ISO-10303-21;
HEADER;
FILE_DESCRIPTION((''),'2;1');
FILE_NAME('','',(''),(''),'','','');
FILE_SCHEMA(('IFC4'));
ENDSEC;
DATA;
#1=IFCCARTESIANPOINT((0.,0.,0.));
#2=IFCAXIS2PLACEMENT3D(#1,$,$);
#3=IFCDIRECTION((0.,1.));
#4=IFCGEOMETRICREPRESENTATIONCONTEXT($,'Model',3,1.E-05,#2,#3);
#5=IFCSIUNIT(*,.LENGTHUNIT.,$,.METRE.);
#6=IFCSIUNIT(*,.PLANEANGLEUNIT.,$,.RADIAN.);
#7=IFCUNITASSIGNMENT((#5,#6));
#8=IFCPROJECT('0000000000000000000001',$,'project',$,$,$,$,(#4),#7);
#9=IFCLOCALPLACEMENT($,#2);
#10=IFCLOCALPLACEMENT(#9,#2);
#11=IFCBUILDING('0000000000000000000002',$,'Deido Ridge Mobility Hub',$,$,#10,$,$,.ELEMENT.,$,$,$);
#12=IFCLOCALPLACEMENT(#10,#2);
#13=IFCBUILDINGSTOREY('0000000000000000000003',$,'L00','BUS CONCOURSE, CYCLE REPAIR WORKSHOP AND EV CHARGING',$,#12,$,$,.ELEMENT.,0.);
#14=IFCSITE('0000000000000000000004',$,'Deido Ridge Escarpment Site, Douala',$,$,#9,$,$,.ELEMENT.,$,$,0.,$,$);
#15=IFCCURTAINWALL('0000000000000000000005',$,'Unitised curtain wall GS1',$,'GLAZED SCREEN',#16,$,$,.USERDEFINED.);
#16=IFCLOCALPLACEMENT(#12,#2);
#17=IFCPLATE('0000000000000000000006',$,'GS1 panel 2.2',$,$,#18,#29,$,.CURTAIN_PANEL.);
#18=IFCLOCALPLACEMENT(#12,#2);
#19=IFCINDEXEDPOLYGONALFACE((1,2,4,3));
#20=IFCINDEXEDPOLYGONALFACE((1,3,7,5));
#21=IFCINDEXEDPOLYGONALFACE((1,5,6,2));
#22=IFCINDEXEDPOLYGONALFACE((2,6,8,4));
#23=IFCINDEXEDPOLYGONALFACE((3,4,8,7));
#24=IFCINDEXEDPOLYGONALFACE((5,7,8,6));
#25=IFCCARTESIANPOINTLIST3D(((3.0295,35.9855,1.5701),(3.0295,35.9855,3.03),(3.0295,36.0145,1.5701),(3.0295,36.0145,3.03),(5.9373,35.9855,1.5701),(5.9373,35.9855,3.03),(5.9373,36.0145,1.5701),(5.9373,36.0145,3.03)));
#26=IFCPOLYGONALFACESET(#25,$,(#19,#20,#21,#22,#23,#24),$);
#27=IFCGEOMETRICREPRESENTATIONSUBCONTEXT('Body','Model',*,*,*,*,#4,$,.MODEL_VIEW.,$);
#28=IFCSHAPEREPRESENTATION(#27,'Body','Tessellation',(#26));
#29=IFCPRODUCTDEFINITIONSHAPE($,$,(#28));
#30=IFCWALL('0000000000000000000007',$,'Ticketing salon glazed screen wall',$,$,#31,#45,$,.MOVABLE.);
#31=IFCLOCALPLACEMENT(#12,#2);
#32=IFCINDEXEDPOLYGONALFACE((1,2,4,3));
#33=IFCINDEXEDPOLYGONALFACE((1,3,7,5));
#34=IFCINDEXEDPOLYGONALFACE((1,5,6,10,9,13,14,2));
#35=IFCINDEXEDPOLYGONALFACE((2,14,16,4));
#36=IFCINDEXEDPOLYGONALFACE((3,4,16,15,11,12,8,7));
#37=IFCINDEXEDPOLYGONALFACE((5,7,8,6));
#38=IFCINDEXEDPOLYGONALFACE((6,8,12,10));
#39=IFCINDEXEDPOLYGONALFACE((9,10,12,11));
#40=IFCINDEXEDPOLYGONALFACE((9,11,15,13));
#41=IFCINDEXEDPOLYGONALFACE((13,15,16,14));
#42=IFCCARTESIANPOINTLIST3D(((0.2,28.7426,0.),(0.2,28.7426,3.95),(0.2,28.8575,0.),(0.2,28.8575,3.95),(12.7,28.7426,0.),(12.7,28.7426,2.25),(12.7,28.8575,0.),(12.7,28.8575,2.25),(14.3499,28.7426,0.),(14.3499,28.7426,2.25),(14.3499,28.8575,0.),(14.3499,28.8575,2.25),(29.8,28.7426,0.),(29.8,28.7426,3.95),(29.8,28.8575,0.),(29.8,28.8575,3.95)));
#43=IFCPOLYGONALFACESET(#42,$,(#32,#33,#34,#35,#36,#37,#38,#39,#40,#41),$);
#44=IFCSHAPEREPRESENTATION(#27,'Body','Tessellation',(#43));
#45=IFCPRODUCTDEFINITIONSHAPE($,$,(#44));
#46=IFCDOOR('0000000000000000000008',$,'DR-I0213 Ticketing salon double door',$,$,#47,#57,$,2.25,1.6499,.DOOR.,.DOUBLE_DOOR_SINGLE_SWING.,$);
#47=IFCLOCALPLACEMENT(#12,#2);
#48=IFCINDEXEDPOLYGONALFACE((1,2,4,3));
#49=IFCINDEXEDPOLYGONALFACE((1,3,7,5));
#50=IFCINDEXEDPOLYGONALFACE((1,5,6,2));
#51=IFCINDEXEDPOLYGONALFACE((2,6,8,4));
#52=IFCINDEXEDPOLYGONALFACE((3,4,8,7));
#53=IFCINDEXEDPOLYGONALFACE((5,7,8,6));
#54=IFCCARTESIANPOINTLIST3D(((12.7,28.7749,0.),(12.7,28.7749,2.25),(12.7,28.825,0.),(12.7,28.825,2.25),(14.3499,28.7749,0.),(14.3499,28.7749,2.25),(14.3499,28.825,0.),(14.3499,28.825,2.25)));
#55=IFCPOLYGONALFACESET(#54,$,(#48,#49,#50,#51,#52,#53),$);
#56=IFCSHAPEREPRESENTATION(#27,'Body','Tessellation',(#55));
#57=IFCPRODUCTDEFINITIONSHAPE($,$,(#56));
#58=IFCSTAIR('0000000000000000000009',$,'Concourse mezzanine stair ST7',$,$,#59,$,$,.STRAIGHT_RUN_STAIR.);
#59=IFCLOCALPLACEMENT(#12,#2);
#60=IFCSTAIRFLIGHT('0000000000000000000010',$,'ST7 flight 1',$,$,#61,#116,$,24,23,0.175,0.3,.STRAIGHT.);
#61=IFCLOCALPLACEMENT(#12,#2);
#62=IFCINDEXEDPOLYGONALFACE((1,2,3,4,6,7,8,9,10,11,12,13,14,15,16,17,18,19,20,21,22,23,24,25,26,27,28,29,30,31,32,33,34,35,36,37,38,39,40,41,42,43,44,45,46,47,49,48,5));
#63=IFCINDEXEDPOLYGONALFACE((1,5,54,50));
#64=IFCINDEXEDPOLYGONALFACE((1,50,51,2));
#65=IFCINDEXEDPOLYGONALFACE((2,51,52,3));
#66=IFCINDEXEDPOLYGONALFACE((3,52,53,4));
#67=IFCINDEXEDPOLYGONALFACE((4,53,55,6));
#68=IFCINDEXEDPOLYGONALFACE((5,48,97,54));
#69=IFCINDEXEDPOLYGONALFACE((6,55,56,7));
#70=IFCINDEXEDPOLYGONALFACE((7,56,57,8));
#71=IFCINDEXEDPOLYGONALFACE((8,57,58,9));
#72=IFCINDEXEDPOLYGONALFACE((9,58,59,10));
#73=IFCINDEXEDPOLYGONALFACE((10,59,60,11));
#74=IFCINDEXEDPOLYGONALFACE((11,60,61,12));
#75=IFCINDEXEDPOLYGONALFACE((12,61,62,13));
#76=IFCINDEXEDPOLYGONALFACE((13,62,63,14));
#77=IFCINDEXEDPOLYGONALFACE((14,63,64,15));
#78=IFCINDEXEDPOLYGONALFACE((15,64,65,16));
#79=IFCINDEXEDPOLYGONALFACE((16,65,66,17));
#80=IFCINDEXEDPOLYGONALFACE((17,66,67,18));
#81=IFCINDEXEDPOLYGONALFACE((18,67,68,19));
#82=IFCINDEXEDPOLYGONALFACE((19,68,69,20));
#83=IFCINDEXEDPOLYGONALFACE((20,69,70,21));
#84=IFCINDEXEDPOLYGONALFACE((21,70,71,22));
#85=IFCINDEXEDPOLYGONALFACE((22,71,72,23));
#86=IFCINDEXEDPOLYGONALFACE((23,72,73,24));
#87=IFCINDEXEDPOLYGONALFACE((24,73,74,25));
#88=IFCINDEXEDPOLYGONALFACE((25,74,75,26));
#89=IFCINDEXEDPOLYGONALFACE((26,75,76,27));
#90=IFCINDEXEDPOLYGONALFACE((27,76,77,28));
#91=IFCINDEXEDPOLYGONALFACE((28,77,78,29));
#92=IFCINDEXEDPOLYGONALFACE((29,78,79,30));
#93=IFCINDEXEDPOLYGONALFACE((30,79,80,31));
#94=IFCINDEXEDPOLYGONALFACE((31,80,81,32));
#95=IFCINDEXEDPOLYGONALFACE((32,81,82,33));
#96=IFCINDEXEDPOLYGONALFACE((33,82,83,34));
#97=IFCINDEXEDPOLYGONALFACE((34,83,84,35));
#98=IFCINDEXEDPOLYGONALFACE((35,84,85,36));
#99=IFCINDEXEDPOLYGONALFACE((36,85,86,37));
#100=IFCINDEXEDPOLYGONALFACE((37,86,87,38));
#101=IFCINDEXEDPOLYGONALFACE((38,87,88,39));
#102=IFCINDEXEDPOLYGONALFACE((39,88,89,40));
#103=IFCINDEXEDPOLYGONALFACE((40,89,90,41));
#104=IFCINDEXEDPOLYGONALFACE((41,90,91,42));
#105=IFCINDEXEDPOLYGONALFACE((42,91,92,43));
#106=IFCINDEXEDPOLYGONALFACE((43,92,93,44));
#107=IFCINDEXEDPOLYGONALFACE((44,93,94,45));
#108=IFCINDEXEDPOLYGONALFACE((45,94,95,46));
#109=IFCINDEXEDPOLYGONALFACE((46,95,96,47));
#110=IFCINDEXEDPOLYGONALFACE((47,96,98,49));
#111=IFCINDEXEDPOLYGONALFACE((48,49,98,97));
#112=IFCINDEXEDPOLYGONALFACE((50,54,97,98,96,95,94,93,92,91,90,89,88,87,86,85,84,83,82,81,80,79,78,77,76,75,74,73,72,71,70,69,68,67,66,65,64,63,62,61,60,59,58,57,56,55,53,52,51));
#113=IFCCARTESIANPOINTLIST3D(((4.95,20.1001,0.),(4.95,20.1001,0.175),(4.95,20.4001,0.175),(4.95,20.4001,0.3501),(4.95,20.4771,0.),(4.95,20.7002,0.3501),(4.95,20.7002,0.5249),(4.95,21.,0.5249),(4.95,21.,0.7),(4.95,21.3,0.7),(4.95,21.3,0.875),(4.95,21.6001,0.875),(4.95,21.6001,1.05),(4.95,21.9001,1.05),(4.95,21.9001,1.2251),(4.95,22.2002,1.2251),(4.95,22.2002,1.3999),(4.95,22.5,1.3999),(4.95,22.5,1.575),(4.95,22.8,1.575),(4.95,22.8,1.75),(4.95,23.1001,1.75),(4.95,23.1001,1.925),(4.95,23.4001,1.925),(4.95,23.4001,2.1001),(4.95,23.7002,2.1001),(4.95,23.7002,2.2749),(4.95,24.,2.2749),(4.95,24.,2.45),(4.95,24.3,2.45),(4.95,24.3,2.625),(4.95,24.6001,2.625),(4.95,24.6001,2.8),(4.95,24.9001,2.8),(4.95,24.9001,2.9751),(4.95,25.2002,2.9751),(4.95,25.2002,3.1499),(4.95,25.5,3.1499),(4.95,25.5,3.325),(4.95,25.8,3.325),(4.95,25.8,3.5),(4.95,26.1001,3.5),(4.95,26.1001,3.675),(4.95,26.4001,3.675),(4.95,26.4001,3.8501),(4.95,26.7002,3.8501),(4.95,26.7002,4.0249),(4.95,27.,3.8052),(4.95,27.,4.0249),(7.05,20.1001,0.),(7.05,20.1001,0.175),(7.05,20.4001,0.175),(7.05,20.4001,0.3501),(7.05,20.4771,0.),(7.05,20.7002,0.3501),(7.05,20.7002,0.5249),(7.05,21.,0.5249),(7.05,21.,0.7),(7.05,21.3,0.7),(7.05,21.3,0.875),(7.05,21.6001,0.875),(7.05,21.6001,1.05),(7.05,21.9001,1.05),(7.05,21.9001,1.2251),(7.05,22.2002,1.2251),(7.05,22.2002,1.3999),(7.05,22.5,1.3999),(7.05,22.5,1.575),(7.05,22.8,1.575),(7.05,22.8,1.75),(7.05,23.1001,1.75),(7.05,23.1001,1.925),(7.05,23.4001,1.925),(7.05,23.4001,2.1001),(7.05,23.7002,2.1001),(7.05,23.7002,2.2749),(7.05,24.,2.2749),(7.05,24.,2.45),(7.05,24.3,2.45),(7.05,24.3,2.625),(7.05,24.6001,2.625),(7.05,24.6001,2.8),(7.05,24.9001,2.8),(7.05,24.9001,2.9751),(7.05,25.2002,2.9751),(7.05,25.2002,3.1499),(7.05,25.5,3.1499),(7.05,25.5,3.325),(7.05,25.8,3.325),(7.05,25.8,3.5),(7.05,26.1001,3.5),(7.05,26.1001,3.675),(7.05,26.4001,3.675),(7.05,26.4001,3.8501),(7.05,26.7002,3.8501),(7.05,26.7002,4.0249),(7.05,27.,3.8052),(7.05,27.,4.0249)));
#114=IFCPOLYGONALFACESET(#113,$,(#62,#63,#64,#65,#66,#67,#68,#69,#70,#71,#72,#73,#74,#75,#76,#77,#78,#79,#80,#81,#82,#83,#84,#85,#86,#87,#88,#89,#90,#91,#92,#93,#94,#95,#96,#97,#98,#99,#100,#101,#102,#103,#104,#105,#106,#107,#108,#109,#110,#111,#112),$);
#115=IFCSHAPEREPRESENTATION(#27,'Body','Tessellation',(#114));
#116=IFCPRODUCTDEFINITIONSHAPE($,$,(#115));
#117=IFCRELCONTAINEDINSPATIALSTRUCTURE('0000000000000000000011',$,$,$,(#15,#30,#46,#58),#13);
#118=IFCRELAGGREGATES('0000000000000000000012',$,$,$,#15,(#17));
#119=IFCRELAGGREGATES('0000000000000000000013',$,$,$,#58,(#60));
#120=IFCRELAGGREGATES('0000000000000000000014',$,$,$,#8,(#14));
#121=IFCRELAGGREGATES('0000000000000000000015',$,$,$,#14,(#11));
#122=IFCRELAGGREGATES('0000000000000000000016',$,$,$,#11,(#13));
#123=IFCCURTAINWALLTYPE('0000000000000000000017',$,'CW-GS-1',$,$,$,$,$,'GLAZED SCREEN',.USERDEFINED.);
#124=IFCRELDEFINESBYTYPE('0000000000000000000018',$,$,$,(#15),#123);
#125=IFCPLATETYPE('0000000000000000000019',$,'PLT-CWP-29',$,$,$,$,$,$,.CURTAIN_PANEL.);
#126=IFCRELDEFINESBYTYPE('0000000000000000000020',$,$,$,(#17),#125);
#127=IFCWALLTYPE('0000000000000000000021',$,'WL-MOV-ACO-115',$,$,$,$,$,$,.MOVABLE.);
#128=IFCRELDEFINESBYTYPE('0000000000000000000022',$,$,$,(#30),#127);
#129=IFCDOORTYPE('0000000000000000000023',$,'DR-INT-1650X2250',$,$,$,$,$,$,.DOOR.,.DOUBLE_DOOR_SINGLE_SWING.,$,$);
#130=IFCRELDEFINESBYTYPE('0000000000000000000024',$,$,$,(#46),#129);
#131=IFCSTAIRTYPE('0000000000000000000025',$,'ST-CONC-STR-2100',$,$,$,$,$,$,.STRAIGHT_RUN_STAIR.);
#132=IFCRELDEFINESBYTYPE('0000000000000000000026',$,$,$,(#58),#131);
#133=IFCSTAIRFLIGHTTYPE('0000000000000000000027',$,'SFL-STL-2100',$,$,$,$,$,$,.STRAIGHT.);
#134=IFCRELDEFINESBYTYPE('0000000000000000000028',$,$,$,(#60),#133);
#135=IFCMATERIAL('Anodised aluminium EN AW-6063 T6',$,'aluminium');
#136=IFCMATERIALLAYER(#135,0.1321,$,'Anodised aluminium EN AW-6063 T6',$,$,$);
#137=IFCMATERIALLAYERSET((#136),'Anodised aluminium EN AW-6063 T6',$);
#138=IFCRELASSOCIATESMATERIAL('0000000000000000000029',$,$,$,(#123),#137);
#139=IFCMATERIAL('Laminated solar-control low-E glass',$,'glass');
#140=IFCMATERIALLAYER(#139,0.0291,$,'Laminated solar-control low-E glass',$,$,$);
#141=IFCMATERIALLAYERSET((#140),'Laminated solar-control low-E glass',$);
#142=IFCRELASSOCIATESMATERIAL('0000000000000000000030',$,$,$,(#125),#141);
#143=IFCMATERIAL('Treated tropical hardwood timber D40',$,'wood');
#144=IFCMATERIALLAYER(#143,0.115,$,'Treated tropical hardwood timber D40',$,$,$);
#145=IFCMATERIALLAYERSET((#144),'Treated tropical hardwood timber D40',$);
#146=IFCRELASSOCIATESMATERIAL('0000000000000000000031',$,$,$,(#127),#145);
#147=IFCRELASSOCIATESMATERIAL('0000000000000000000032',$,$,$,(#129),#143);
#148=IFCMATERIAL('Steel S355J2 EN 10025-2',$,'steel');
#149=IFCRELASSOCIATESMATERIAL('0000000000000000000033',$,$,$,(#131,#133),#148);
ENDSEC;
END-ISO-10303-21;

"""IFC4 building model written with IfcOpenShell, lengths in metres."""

from ifc_helpers import new_model, si_unit, direction, frame, frame_2d, origin, origin_2d, place, context, subcontext, project, spatial, polyline, rectangle, outline, extrude, material, layer, layer_set, type_object, element, fill, aggregate, save


model = new_model("IFC4")

# Units and contexts
model_context = context("Model", 3, precision=1e-05, world=origin(), true_north=direction((0.0, 1.0)))
body_context = subcontext(model_context, "Body", "Model", "MODEL_VIEW")
ifc_project = project(units=[si_unit("LENGTHUNIT", "METRE"), si_unit("PLANEANGLEUNIT", "RADIAN")], contexts=[model_context])

# Site, building, storey
site_placement = place(None, origin())
site = spatial("IfcSite", under=ifc_project, at=site_placement, Name="Deido Ridge Escarpment Site, Douala", CompositionType="ELEMENT", RefElevation=0.0)
building_placement = place(site_placement, origin())
building = spatial("IfcBuilding", under=site, at=building_placement, Name="Deido Ridge Mobility Hub", CompositionType="ELEMENT")
storey_placement = place(building_placement, origin())
storey = spatial("IfcBuildingStorey", under=building, at=storey_placement, Name="L00", Description="BUS CONCOURSE, CYCLE REPAIR WORKSHOP AND EV CHARGING", CompositionType="ELEMENT", Elevation=0.0)

# Shared definitions
ifc_material_1 = material(Name="Steel S355J2 EN 10025-2", Category="steel")

# Curtain wall
ifc_material_2 = material(Name="Anodised aluminium EN AW-6063 T6", Category="aluminium")
ifc_layer_1 = layer(ifc_material_2, 0.1321, Name="Anodised aluminium EN AW-6063 T6")
ifc_layer_set_1 = layer_set([ifc_layer_1], Name="Anodised aluminium EN AW-6063 T6")
curtain_wall_type = type_object("IfcCurtainWallType", Name="CW-GS-1", ElementType="GLAZED SCREEN", PredefinedType="USERDEFINED", material=ifc_layer_set_1)
curtain_wall_placement = place(storey_placement, origin())
curtain_wall = element("IfcCurtainWall", 1, at=curtain_wall_placement, inside=storey, type_object=curtain_wall_type, Name="Unitised curtain wall GS1", ObjectType="GLAZED SCREEN", PredefinedType="USERDEFINED")

# Plate
ifc_material_3 = material(Name="Laminated solar-control low-E glass", Category="glass")
ifc_layer_2 = layer(ifc_material_3, 0.0291, Name="Laminated solar-control low-E glass")
ifc_layer_set_2 = layer_set([ifc_layer_2], Name="Laminated solar-control low-E glass")
plate_type = type_object("IfcPlateType", Name="PLT-CWP-29", PredefinedType="CURTAIN_PANEL", material=ifc_layer_set_2)
plate_1_placement = place(storey_placement, frame((4.4834, 36.0, 1.5701), z_axis=(0.0, 0.0, 1.0), x_axis=(1.0, 0.0, 0.0)))
plate_1 = element("IfcPlate", 2, at=plate_1_placement, type_object=plate_type, Name="GS1 panel 2.2", PredefinedType="CURTAIN_PANEL", context=body_context, shape_type="SweptSolid", body=[
    extrude(rectangle(XDim=2.9077, YDim=0.0291, at=origin_2d()), origin(), (0.0, 0.0, 1.0), 1.46),
])
aggregate(curtain_wall, [plate_1])

# Wall, opening, door
ifc_material_4 = material(Name="Treated tropical hardwood timber D40", Category="wood")
ifc_layer_3 = layer(ifc_material_4, 0.115, Name="Treated tropical hardwood timber D40")
ifc_layer_set_3 = layer_set([ifc_layer_3], Name="Treated tropical hardwood timber D40")
wall_type = type_object("IfcWallType", Name="WL-MOV-ACO-115", PredefinedType="MOVABLE", material=ifc_layer_set_3)
wall_placement = place(storey_placement, frame((0.2, 28.8, 0.0), z_axis=(0.0, 0.0, 1.0), x_axis=(1.0, 0.0, 0.0)))
wall = element("IfcWall", 3, at=wall_placement, inside=storey, type_object=wall_type, Name="Ticketing salon glazed screen wall", PredefinedType="MOVABLE", context=body_context, shape_type="SweptSolid", body=[
    extrude(rectangle(XDim=29.6001, YDim=0.115, at=frame_2d((14.8, 0.0))), origin(), (0.0, 0.0, 1.0), 3.95),
])
opening_placement = place(wall_placement, frame((12.5, 0.0, 0.0)))
opening = element("IfcOpeningElement", 4, at=opening_placement, cuts=wall, PredefinedType="OPENING", context=body_context, shape_type="SweptSolid", body=[
    extrude(rectangle(XDim=1.6499, YDim=2.25, at=frame_2d((0.825, 1.125))), frame((0.0, 0.0674, 0.0), z_axis=(0.0, -1.0, 0.0), x_axis=(1.0, 0.0, 0.0)), (0.0, 0.0, 1.0), 0.135),
])
door_type = type_object("IfcDoorType", Name="DR-INT-1650X2250", OperationType="DOUBLE_DOOR_SINGLE_SWING", PredefinedType="DOOR", material=ifc_material_4)
door_placement = place(opening_placement, origin())
door = element("IfcDoor", 5, at=door_placement, inside=storey, type_object=door_type, Name="DR-I0213 Ticketing salon double door", OperationType="DOUBLE_DOOR_SINGLE_SWING", OverallHeight=2.25, OverallWidth=1.6499, PredefinedType="DOOR", context=body_context, shape_type="SweptSolid", body=[
    extrude(rectangle(XDim=1.6499, YDim=2.25, at=frame_2d((0.825, 1.125))), frame((0.0, 0.0249, 0.0), z_axis=(0.0, -1.0, 0.0), x_axis=(1.0, 0.0, 0.0)), (0.0, 0.0, 1.0), 0.05),
])
fill(opening, door)

# Stair, stair flight
stair_type = type_object("IfcStairType", Name="ST-CONC-STR-2100", PredefinedType="STRAIGHT_RUN_STAIR", material=ifc_material_1)
stair_placement = place(storey_placement, origin())
stair = element("IfcStair", 6, at=stair_placement, inside=storey, type_object=stair_type, Name="Concourse mezzanine stair ST7", PredefinedType="STRAIGHT_RUN_STAIR")
stair_flight_type = type_object("IfcStairFlightType", Name="SFL-STL-2100", PredefinedType="STRAIGHT", material=ifc_material_1)
stair_flight_placement = place(storey_placement, frame((6.0, 20.1001, 0.0), z_axis=(0.0, 0.0, 1.0), x_axis=(0.0, 1.0, 0.0)))
stair_flight = element("IfcStairFlight", 7, at=stair_flight_placement, type_object=stair_flight_type, Name="ST7 flight 1", NumberOfRisers=24, NumberOfTreads=23, PredefinedType="STRAIGHT", RiserHeight=0.175, TreadLength=0.3, context=body_context, shape_type="SweptSolid", body=[
    extrude(outline(polyline([(0.0, 0.0), (0.0, 0.175), (0.3, 0.175), (0.3, 0.3501), (0.6001, 0.3501), (0.6001, 0.5249), (0.8999, 0.5249), (0.8999, 0.7), (1.2, 0.7), (1.2, 0.875), (1.5, 0.875), (1.5, 1.05), (1.8, 1.05), (1.8, 1.2251), (2.1001, 1.2251), (2.1001, 1.3999), (2.3999, 1.3999), (2.3999, 1.575), (2.7, 1.575), (2.7, 1.75), (3.0, 1.75), (3.0, 1.925), (3.3, 1.925), (3.3, 2.1001), (3.6001, 2.1001), (3.6001, 2.2749), (3.8999, 2.2749), (3.8999, 2.45), (4.2, 2.45), (4.2, 2.625), (4.5, 2.625), (4.5, 2.8), (4.8, 2.8), (4.8, 2.9751), (5.1001, 2.9751), (5.1001, 3.1499), (5.3999, 3.1499), (5.3999, 3.325), (5.7, 3.325), (5.7, 3.5), (6.0, 3.5), (6.0, 3.675), (6.3, 3.675), (6.3, 3.8501), (6.6001, 3.8501), (6.6001, 4.0249), (6.8999, 4.0249), (6.8999, 4.2), (6.8999, 3.8052), (0.377, 0.0), (0.0, 0.0)])), frame((0.0, 1.05, 0.0), z_axis=(0.0, -1.0, 0.0), x_axis=(1.0, 0.0, 0.0)), (0.0, 0.0, 1.0), 2.1001),
])
aggregate(stair, [stair_flight])

save(model, "model.ifc")
